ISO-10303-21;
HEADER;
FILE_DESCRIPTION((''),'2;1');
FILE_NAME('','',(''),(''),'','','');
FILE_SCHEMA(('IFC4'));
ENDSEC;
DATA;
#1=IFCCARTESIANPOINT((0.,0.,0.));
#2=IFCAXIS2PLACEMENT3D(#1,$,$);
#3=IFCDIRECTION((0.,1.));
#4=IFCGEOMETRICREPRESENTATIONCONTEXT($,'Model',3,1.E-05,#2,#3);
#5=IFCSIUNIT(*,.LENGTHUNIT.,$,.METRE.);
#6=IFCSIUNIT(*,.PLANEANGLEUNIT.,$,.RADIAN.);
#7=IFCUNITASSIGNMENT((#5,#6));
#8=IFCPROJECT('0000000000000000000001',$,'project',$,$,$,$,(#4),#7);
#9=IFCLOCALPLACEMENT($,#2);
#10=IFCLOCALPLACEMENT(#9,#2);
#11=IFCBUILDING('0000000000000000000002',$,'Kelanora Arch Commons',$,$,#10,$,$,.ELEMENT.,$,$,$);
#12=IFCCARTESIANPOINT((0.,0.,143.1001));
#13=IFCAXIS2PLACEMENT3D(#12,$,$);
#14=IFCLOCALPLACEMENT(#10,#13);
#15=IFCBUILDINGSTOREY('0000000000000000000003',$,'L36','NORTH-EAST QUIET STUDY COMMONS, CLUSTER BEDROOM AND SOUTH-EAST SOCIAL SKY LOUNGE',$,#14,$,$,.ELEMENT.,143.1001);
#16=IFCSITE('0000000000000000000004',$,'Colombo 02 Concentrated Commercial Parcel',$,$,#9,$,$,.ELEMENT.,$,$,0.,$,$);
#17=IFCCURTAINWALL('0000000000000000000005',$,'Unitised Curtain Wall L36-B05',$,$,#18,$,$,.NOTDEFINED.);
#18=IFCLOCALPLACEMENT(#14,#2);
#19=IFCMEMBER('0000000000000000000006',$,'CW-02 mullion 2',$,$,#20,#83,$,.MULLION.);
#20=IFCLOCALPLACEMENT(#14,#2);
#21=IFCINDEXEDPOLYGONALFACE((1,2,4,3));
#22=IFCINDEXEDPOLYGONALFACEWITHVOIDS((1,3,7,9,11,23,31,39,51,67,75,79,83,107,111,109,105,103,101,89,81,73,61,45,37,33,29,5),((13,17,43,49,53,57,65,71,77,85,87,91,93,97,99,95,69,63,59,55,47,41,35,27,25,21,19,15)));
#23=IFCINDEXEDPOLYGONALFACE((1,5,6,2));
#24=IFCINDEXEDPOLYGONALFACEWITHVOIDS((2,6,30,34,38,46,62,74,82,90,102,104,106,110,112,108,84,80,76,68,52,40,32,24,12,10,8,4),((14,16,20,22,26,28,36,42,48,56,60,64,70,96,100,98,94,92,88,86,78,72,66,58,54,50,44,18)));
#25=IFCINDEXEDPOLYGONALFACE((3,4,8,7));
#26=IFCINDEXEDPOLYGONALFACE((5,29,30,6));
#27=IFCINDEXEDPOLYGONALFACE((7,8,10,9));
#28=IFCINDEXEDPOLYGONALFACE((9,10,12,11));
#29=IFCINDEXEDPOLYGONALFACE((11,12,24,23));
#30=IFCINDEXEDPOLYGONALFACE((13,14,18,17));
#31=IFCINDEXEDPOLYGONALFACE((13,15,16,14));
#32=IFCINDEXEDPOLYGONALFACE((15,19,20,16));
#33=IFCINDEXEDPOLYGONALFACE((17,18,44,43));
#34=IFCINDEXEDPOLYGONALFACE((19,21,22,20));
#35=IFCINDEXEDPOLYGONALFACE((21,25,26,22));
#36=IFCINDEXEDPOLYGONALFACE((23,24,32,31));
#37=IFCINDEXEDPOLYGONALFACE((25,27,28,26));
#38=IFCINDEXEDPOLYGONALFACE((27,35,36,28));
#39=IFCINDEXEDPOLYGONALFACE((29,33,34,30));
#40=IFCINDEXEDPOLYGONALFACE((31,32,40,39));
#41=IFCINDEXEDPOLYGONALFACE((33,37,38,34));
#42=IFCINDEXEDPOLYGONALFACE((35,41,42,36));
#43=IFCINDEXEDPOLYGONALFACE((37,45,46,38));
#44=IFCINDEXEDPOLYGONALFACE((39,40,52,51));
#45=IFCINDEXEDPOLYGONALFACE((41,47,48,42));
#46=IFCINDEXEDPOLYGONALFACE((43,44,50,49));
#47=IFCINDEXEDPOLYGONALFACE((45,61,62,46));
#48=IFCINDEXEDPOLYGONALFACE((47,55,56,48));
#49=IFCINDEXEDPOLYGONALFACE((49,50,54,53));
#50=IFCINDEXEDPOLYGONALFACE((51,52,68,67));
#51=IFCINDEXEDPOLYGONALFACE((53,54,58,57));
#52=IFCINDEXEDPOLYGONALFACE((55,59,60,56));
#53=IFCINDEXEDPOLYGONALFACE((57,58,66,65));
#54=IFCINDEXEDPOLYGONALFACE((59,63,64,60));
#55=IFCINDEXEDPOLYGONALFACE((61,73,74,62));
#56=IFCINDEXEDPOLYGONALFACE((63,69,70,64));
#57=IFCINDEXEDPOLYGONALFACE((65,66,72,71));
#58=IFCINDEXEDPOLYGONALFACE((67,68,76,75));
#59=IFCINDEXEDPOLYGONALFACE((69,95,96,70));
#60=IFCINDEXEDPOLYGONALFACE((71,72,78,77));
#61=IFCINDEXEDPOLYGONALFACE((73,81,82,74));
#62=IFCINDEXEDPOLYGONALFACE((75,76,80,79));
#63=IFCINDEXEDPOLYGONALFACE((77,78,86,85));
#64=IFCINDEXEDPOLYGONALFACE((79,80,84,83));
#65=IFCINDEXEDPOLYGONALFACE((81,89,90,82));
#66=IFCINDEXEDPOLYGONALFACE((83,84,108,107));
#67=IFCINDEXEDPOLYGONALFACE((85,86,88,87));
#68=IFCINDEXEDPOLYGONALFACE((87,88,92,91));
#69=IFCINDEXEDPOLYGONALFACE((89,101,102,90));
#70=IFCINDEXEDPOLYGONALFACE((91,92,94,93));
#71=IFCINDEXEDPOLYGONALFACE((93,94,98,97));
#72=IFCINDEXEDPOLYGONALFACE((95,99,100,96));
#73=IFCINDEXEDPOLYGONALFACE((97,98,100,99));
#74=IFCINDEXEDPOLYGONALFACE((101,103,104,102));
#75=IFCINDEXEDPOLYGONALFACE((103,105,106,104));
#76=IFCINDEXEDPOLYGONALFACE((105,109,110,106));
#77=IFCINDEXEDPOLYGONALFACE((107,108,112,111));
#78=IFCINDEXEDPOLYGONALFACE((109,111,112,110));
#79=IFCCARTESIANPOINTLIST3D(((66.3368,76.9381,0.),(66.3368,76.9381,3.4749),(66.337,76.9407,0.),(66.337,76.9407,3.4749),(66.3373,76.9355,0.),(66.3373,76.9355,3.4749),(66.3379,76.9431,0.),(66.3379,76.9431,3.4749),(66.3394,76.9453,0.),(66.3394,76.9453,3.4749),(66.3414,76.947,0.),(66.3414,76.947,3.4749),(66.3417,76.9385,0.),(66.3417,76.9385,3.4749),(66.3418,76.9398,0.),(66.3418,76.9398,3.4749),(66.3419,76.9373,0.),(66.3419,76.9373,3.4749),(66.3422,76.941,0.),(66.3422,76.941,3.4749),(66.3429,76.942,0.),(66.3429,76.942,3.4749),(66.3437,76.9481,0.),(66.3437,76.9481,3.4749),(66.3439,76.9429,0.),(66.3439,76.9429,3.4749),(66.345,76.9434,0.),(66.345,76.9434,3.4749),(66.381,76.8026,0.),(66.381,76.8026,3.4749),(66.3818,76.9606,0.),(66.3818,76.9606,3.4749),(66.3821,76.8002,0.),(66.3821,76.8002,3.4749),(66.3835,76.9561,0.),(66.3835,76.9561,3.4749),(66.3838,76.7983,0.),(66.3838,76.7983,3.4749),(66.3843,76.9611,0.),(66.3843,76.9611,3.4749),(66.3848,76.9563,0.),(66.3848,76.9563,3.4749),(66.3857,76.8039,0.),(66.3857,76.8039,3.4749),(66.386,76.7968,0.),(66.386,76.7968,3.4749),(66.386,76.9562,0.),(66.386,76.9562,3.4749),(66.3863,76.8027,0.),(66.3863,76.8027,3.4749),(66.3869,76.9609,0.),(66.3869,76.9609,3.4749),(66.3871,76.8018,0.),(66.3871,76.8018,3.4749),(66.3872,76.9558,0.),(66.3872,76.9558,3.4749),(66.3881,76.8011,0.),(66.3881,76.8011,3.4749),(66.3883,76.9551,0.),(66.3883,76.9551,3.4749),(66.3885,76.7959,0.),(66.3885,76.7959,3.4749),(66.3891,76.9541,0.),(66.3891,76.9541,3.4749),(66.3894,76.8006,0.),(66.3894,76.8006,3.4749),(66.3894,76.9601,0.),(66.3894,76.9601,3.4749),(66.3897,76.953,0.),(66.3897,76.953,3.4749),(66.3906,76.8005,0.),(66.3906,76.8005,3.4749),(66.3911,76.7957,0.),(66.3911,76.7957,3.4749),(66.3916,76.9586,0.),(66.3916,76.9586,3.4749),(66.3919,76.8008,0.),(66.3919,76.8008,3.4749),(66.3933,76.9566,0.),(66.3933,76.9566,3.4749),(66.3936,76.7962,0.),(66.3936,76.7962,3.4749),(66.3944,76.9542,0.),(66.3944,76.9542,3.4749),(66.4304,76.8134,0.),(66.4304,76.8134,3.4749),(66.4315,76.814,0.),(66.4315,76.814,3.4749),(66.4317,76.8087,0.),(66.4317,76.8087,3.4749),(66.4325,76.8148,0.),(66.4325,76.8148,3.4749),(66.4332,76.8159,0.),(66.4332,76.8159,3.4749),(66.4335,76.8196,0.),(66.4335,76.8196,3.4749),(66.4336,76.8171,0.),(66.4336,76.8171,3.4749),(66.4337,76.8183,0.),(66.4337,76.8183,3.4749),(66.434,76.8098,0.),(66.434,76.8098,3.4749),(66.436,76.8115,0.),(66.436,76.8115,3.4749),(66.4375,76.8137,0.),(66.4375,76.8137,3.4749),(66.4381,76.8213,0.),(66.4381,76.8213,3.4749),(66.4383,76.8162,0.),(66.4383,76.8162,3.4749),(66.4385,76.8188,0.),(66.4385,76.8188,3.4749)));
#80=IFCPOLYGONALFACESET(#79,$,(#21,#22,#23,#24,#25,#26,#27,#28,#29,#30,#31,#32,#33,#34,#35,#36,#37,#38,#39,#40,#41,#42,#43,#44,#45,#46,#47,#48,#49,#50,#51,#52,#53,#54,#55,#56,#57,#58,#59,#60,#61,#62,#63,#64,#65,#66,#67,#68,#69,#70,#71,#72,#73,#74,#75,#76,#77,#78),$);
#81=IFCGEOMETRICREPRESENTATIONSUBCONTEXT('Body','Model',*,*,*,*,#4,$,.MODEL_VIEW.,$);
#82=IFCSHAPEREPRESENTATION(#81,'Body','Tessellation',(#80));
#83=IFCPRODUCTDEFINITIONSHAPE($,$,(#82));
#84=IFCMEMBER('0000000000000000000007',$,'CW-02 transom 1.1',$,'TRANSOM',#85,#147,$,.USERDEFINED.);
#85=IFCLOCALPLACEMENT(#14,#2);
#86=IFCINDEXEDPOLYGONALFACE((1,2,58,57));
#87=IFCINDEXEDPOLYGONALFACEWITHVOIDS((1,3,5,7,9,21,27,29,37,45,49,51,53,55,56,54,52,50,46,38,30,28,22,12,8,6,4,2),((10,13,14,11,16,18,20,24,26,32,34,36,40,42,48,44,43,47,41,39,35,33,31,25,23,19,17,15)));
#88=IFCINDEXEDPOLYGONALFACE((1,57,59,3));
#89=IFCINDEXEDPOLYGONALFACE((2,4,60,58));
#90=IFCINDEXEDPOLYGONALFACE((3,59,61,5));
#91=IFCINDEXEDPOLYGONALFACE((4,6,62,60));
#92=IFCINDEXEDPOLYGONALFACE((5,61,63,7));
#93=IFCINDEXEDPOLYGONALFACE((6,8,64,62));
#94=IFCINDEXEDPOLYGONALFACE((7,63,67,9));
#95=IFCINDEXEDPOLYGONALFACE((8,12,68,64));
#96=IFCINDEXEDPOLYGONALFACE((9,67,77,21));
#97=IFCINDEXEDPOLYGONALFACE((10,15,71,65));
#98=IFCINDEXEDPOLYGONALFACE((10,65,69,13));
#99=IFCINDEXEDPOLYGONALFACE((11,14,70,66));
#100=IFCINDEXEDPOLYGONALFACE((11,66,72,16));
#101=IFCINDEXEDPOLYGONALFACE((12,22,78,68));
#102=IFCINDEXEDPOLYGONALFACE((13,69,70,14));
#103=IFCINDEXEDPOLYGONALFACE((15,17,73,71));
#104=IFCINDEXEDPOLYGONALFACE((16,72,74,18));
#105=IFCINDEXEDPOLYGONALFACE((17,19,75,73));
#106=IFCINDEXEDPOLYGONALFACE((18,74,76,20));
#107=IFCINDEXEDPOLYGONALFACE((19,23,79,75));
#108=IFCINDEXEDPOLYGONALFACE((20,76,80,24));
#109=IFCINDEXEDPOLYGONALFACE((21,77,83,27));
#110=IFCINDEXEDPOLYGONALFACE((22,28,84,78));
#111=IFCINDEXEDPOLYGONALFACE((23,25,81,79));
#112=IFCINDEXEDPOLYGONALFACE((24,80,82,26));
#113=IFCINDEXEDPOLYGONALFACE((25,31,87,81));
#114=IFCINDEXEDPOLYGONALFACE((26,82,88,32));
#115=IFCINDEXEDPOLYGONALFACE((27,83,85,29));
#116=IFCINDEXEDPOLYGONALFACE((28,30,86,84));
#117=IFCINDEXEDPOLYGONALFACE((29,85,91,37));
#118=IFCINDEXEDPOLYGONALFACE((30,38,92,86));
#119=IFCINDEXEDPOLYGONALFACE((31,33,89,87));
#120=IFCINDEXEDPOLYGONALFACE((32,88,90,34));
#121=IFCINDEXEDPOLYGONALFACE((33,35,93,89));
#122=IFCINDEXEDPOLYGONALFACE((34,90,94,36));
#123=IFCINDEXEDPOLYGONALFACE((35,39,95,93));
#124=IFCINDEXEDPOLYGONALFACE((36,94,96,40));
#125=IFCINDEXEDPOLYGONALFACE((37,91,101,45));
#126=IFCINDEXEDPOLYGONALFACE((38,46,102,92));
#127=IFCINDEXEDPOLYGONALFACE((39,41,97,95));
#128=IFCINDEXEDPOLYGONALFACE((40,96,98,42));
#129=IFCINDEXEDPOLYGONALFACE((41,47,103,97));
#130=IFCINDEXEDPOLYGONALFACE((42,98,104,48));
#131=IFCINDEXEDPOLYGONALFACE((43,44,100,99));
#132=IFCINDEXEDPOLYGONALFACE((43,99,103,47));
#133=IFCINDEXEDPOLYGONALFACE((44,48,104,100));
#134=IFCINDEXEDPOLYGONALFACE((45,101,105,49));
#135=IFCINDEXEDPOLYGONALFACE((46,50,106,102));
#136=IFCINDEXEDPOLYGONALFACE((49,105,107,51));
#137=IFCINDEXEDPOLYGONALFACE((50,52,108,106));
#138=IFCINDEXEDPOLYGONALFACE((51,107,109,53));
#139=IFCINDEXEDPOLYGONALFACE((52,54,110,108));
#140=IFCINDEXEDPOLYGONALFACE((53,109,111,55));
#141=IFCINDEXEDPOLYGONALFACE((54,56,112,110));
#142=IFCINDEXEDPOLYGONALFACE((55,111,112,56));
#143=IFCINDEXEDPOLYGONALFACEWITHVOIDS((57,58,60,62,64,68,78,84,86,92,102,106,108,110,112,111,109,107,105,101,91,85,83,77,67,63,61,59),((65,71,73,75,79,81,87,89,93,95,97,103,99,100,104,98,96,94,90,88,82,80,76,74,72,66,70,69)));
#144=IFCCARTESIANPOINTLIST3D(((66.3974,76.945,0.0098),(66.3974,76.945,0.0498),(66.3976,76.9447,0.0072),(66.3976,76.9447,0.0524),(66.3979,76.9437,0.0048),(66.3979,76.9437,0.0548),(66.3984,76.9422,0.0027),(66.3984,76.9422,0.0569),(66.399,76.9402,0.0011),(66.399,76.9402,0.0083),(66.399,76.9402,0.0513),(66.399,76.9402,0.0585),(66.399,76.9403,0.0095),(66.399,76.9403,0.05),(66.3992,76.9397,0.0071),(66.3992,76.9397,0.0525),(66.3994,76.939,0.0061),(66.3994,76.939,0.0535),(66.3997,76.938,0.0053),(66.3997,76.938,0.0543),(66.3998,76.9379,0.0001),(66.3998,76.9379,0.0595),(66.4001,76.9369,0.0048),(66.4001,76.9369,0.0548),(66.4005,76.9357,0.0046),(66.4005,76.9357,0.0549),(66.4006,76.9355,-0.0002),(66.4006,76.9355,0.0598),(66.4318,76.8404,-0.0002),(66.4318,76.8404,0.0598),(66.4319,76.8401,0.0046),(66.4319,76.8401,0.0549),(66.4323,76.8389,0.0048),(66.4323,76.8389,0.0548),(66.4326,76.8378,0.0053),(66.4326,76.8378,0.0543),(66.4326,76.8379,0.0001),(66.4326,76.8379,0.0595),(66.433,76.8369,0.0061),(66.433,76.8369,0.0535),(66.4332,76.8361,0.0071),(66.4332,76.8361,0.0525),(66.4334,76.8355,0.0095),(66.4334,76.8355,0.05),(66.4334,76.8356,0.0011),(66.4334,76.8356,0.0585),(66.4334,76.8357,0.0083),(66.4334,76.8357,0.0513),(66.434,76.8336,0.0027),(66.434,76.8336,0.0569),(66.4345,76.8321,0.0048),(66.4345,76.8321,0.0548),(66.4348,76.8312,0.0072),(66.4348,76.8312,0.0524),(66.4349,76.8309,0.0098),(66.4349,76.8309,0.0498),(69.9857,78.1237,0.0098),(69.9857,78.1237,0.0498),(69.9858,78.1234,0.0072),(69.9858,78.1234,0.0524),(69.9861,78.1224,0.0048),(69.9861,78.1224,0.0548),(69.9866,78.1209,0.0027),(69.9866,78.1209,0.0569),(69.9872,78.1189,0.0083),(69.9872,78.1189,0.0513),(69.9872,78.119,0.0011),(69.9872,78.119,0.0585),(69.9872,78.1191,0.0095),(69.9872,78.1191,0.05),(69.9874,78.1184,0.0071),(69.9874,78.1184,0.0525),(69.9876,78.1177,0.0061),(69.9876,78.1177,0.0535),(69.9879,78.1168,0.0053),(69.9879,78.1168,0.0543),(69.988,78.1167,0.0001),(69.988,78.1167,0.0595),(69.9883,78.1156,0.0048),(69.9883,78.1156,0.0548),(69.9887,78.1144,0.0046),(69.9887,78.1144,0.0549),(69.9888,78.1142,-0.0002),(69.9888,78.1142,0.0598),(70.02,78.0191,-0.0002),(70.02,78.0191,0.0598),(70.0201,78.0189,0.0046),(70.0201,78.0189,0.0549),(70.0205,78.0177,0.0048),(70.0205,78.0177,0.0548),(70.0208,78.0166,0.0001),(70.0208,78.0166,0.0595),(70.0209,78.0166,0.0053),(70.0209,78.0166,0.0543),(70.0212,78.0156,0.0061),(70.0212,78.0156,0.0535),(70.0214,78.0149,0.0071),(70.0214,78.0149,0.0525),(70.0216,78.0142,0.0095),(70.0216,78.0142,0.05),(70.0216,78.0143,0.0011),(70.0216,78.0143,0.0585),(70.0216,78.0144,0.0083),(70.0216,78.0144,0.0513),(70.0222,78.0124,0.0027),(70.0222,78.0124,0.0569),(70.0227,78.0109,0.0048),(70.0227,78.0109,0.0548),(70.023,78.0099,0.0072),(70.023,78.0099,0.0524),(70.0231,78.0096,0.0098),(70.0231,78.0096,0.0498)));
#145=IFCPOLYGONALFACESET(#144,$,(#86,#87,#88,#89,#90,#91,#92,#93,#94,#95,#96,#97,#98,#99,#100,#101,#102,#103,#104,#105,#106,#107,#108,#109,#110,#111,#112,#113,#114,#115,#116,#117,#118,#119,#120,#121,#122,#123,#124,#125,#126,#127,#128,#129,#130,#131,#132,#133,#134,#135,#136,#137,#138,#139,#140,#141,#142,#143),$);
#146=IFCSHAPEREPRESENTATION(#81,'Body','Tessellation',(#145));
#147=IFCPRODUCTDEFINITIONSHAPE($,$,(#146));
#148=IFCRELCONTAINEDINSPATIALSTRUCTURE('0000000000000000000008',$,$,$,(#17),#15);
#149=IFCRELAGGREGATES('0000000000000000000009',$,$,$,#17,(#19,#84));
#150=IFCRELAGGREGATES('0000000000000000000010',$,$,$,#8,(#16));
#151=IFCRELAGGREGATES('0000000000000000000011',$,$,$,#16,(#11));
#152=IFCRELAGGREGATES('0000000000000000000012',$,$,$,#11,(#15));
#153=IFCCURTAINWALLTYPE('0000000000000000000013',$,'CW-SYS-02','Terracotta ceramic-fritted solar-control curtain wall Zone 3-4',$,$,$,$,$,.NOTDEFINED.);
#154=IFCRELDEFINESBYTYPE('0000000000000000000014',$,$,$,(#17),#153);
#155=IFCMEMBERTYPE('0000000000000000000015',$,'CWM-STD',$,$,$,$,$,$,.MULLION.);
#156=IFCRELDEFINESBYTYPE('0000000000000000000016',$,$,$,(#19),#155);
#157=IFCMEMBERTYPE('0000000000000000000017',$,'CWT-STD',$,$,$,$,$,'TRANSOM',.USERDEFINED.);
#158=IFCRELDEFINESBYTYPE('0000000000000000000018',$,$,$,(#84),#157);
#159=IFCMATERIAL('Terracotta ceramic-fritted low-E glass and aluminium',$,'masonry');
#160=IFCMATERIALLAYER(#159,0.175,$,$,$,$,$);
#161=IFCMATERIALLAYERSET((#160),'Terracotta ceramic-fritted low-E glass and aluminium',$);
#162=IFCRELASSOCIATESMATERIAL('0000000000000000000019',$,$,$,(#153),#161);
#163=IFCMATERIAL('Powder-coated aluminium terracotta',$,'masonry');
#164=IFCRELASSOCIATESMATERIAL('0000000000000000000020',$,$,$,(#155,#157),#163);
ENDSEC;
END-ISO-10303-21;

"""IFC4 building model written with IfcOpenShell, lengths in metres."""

from ifc_helpers import new_model, si_unit, direction, frame, origin, origin_2d, place, context, subcontext, project, spatial, hollow_rectangle, extrude, material, layer, layer_set, material_profile, profile_set, type_object, element, aggregate, save


model = new_model("IFC4")

# Units and contexts
model_context = context("Model", 3, precision=1e-05, world=origin(), true_north=direction((0.0, 1.0)))
body_context = subcontext(model_context, "Body", "Model", "MODEL_VIEW")
ifc_project = project(units=[si_unit("LENGTHUNIT", "METRE"), si_unit("PLANEANGLEUNIT", "RADIAN")], contexts=[model_context])

# Site, building, storey
site_placement = place(None, origin())
site = spatial("IfcSite", under=ifc_project, at=site_placement, Name="Colombo 02 Concentrated Commercial Parcel", CompositionType="ELEMENT", RefElevation=0.0)
building_placement = place(site_placement, origin())
building = spatial("IfcBuilding", under=site, at=building_placement, Name="Kelanora Arch Commons", CompositionType="ELEMENT")
storey_placement = place(building_placement, frame((0.0, 0.0, 143.1001)))
storey = spatial("IfcBuildingStorey", under=building, at=storey_placement, Name="L36", Description="NORTH-EAST QUIET STUDY COMMONS, CLUSTER BEDROOM AND SOUTH-EAST SOCIAL SKY LOUNGE", CompositionType="ELEMENT", Elevation=143.1001)

# Curtain wall, members
ifc_material_1 = material(Name="Terracotta ceramic-fritted low-E glass and aluminium", Category="masonry")
ifc_layer_1 = layer(ifc_material_1, 0.175)
ifc_layer_set_1 = layer_set([ifc_layer_1], Name="Terracotta ceramic-fritted low-E glass and aluminium")
curtain_wall_type = type_object("IfcCurtainWallType", Name="CW-SYS-02", Description="Terracotta ceramic-fritted solar-control curtain wall Zone 3-4", PredefinedType="NOTDEFINED", material=ifc_layer_set_1)
curtain_wall_placement = place(storey_placement, origin())
curtain_wall = element("IfcCurtainWall", 1, at=curtain_wall_placement, inside=storey, type_object=curtain_wall_type, Name="Unitised Curtain Wall L36-B05", PredefinedType="NOTDEFINED")
ifc_material_2 = material(Name="Powder-coated aluminium terracotta", Category="masonry")
ifc_material_profile_1 = material_profile(ifc_material_2, hollow_rectangle(XDim=0.1599, YDim=0.0601, WallThickness=0.0049, InnerFilletRadius=0.0049, OuterFilletRadius=0.01, at=origin_2d()), Name="CWM160x60")
ifc_profile_set_1 = profile_set([ifc_material_profile_1], Name="Powder-coated aluminium terracotta")
member_type_1 = type_object("IfcMemberType", Name="CWM-STD", PredefinedType="MULLION", material=ifc_profile_set_1)
member_1_placement = place(storey_placement, frame((66.3877, 76.8784, 0.0), z_axis=(0.0, 0.0, 1.0), x_axis=(0.312128, -0.95004, 0.0)))
member_1 = element("IfcMember", 2, at=member_1_placement, type_object=member_type_1, Name="CW-02 mullion 2", PredefinedType="MULLION", context=body_context, shape_type="SweptSolid", body=[
    extrude(hollow_rectangle(XDim=0.1599, YDim=0.0601, WallThickness=0.0049, InnerFilletRadius=0.0049, OuterFilletRadius=0.01, at=origin_2d()), origin(), (0.0, 0.0, 1.0), 3.4749),
])
ifc_material_profile_2 = material_profile(ifc_material_2, hollow_rectangle(XDim=0.1201, YDim=0.0601, WallThickness=0.0049, InnerFilletRadius=0.0049, OuterFilletRadius=0.01, at=origin_2d()), Name="CWT120x60")
ifc_profile_set_2 = profile_set([ifc_material_profile_2], Name="Powder-coated aluminium terracotta")
member_type_2 = type_object("IfcMemberType", Name="CWT-STD", ElementType="TRANSOM", PredefinedType="USERDEFINED", material=ifc_profile_set_2)
member_2_placement = place(storey_placement, frame((70.0044, 78.0667, 0.0298), z_axis=(-0.950051, -0.312094, 0.0), x_axis=(0.312094, -0.950051, 0.0)))
member_2 = element("IfcMember", 3, at=member_2_placement, type_object=member_type_2, Name="CW-02 transom 1.1", ObjectType="TRANSOM", PredefinedType="USERDEFINED", context=body_context, shape_type="SweptSolid", body=[
    extrude(hollow_rectangle(XDim=0.1201, YDim=0.0601, WallThickness=0.0049, InnerFilletRadius=0.0049, OuterFilletRadius=0.01, at=origin_2d()), origin(), (0.0, 0.0, 1.0), 3.7769),
])
aggregate(curtain_wall, [member_1, member_2])

save(model, "model.ifc")
